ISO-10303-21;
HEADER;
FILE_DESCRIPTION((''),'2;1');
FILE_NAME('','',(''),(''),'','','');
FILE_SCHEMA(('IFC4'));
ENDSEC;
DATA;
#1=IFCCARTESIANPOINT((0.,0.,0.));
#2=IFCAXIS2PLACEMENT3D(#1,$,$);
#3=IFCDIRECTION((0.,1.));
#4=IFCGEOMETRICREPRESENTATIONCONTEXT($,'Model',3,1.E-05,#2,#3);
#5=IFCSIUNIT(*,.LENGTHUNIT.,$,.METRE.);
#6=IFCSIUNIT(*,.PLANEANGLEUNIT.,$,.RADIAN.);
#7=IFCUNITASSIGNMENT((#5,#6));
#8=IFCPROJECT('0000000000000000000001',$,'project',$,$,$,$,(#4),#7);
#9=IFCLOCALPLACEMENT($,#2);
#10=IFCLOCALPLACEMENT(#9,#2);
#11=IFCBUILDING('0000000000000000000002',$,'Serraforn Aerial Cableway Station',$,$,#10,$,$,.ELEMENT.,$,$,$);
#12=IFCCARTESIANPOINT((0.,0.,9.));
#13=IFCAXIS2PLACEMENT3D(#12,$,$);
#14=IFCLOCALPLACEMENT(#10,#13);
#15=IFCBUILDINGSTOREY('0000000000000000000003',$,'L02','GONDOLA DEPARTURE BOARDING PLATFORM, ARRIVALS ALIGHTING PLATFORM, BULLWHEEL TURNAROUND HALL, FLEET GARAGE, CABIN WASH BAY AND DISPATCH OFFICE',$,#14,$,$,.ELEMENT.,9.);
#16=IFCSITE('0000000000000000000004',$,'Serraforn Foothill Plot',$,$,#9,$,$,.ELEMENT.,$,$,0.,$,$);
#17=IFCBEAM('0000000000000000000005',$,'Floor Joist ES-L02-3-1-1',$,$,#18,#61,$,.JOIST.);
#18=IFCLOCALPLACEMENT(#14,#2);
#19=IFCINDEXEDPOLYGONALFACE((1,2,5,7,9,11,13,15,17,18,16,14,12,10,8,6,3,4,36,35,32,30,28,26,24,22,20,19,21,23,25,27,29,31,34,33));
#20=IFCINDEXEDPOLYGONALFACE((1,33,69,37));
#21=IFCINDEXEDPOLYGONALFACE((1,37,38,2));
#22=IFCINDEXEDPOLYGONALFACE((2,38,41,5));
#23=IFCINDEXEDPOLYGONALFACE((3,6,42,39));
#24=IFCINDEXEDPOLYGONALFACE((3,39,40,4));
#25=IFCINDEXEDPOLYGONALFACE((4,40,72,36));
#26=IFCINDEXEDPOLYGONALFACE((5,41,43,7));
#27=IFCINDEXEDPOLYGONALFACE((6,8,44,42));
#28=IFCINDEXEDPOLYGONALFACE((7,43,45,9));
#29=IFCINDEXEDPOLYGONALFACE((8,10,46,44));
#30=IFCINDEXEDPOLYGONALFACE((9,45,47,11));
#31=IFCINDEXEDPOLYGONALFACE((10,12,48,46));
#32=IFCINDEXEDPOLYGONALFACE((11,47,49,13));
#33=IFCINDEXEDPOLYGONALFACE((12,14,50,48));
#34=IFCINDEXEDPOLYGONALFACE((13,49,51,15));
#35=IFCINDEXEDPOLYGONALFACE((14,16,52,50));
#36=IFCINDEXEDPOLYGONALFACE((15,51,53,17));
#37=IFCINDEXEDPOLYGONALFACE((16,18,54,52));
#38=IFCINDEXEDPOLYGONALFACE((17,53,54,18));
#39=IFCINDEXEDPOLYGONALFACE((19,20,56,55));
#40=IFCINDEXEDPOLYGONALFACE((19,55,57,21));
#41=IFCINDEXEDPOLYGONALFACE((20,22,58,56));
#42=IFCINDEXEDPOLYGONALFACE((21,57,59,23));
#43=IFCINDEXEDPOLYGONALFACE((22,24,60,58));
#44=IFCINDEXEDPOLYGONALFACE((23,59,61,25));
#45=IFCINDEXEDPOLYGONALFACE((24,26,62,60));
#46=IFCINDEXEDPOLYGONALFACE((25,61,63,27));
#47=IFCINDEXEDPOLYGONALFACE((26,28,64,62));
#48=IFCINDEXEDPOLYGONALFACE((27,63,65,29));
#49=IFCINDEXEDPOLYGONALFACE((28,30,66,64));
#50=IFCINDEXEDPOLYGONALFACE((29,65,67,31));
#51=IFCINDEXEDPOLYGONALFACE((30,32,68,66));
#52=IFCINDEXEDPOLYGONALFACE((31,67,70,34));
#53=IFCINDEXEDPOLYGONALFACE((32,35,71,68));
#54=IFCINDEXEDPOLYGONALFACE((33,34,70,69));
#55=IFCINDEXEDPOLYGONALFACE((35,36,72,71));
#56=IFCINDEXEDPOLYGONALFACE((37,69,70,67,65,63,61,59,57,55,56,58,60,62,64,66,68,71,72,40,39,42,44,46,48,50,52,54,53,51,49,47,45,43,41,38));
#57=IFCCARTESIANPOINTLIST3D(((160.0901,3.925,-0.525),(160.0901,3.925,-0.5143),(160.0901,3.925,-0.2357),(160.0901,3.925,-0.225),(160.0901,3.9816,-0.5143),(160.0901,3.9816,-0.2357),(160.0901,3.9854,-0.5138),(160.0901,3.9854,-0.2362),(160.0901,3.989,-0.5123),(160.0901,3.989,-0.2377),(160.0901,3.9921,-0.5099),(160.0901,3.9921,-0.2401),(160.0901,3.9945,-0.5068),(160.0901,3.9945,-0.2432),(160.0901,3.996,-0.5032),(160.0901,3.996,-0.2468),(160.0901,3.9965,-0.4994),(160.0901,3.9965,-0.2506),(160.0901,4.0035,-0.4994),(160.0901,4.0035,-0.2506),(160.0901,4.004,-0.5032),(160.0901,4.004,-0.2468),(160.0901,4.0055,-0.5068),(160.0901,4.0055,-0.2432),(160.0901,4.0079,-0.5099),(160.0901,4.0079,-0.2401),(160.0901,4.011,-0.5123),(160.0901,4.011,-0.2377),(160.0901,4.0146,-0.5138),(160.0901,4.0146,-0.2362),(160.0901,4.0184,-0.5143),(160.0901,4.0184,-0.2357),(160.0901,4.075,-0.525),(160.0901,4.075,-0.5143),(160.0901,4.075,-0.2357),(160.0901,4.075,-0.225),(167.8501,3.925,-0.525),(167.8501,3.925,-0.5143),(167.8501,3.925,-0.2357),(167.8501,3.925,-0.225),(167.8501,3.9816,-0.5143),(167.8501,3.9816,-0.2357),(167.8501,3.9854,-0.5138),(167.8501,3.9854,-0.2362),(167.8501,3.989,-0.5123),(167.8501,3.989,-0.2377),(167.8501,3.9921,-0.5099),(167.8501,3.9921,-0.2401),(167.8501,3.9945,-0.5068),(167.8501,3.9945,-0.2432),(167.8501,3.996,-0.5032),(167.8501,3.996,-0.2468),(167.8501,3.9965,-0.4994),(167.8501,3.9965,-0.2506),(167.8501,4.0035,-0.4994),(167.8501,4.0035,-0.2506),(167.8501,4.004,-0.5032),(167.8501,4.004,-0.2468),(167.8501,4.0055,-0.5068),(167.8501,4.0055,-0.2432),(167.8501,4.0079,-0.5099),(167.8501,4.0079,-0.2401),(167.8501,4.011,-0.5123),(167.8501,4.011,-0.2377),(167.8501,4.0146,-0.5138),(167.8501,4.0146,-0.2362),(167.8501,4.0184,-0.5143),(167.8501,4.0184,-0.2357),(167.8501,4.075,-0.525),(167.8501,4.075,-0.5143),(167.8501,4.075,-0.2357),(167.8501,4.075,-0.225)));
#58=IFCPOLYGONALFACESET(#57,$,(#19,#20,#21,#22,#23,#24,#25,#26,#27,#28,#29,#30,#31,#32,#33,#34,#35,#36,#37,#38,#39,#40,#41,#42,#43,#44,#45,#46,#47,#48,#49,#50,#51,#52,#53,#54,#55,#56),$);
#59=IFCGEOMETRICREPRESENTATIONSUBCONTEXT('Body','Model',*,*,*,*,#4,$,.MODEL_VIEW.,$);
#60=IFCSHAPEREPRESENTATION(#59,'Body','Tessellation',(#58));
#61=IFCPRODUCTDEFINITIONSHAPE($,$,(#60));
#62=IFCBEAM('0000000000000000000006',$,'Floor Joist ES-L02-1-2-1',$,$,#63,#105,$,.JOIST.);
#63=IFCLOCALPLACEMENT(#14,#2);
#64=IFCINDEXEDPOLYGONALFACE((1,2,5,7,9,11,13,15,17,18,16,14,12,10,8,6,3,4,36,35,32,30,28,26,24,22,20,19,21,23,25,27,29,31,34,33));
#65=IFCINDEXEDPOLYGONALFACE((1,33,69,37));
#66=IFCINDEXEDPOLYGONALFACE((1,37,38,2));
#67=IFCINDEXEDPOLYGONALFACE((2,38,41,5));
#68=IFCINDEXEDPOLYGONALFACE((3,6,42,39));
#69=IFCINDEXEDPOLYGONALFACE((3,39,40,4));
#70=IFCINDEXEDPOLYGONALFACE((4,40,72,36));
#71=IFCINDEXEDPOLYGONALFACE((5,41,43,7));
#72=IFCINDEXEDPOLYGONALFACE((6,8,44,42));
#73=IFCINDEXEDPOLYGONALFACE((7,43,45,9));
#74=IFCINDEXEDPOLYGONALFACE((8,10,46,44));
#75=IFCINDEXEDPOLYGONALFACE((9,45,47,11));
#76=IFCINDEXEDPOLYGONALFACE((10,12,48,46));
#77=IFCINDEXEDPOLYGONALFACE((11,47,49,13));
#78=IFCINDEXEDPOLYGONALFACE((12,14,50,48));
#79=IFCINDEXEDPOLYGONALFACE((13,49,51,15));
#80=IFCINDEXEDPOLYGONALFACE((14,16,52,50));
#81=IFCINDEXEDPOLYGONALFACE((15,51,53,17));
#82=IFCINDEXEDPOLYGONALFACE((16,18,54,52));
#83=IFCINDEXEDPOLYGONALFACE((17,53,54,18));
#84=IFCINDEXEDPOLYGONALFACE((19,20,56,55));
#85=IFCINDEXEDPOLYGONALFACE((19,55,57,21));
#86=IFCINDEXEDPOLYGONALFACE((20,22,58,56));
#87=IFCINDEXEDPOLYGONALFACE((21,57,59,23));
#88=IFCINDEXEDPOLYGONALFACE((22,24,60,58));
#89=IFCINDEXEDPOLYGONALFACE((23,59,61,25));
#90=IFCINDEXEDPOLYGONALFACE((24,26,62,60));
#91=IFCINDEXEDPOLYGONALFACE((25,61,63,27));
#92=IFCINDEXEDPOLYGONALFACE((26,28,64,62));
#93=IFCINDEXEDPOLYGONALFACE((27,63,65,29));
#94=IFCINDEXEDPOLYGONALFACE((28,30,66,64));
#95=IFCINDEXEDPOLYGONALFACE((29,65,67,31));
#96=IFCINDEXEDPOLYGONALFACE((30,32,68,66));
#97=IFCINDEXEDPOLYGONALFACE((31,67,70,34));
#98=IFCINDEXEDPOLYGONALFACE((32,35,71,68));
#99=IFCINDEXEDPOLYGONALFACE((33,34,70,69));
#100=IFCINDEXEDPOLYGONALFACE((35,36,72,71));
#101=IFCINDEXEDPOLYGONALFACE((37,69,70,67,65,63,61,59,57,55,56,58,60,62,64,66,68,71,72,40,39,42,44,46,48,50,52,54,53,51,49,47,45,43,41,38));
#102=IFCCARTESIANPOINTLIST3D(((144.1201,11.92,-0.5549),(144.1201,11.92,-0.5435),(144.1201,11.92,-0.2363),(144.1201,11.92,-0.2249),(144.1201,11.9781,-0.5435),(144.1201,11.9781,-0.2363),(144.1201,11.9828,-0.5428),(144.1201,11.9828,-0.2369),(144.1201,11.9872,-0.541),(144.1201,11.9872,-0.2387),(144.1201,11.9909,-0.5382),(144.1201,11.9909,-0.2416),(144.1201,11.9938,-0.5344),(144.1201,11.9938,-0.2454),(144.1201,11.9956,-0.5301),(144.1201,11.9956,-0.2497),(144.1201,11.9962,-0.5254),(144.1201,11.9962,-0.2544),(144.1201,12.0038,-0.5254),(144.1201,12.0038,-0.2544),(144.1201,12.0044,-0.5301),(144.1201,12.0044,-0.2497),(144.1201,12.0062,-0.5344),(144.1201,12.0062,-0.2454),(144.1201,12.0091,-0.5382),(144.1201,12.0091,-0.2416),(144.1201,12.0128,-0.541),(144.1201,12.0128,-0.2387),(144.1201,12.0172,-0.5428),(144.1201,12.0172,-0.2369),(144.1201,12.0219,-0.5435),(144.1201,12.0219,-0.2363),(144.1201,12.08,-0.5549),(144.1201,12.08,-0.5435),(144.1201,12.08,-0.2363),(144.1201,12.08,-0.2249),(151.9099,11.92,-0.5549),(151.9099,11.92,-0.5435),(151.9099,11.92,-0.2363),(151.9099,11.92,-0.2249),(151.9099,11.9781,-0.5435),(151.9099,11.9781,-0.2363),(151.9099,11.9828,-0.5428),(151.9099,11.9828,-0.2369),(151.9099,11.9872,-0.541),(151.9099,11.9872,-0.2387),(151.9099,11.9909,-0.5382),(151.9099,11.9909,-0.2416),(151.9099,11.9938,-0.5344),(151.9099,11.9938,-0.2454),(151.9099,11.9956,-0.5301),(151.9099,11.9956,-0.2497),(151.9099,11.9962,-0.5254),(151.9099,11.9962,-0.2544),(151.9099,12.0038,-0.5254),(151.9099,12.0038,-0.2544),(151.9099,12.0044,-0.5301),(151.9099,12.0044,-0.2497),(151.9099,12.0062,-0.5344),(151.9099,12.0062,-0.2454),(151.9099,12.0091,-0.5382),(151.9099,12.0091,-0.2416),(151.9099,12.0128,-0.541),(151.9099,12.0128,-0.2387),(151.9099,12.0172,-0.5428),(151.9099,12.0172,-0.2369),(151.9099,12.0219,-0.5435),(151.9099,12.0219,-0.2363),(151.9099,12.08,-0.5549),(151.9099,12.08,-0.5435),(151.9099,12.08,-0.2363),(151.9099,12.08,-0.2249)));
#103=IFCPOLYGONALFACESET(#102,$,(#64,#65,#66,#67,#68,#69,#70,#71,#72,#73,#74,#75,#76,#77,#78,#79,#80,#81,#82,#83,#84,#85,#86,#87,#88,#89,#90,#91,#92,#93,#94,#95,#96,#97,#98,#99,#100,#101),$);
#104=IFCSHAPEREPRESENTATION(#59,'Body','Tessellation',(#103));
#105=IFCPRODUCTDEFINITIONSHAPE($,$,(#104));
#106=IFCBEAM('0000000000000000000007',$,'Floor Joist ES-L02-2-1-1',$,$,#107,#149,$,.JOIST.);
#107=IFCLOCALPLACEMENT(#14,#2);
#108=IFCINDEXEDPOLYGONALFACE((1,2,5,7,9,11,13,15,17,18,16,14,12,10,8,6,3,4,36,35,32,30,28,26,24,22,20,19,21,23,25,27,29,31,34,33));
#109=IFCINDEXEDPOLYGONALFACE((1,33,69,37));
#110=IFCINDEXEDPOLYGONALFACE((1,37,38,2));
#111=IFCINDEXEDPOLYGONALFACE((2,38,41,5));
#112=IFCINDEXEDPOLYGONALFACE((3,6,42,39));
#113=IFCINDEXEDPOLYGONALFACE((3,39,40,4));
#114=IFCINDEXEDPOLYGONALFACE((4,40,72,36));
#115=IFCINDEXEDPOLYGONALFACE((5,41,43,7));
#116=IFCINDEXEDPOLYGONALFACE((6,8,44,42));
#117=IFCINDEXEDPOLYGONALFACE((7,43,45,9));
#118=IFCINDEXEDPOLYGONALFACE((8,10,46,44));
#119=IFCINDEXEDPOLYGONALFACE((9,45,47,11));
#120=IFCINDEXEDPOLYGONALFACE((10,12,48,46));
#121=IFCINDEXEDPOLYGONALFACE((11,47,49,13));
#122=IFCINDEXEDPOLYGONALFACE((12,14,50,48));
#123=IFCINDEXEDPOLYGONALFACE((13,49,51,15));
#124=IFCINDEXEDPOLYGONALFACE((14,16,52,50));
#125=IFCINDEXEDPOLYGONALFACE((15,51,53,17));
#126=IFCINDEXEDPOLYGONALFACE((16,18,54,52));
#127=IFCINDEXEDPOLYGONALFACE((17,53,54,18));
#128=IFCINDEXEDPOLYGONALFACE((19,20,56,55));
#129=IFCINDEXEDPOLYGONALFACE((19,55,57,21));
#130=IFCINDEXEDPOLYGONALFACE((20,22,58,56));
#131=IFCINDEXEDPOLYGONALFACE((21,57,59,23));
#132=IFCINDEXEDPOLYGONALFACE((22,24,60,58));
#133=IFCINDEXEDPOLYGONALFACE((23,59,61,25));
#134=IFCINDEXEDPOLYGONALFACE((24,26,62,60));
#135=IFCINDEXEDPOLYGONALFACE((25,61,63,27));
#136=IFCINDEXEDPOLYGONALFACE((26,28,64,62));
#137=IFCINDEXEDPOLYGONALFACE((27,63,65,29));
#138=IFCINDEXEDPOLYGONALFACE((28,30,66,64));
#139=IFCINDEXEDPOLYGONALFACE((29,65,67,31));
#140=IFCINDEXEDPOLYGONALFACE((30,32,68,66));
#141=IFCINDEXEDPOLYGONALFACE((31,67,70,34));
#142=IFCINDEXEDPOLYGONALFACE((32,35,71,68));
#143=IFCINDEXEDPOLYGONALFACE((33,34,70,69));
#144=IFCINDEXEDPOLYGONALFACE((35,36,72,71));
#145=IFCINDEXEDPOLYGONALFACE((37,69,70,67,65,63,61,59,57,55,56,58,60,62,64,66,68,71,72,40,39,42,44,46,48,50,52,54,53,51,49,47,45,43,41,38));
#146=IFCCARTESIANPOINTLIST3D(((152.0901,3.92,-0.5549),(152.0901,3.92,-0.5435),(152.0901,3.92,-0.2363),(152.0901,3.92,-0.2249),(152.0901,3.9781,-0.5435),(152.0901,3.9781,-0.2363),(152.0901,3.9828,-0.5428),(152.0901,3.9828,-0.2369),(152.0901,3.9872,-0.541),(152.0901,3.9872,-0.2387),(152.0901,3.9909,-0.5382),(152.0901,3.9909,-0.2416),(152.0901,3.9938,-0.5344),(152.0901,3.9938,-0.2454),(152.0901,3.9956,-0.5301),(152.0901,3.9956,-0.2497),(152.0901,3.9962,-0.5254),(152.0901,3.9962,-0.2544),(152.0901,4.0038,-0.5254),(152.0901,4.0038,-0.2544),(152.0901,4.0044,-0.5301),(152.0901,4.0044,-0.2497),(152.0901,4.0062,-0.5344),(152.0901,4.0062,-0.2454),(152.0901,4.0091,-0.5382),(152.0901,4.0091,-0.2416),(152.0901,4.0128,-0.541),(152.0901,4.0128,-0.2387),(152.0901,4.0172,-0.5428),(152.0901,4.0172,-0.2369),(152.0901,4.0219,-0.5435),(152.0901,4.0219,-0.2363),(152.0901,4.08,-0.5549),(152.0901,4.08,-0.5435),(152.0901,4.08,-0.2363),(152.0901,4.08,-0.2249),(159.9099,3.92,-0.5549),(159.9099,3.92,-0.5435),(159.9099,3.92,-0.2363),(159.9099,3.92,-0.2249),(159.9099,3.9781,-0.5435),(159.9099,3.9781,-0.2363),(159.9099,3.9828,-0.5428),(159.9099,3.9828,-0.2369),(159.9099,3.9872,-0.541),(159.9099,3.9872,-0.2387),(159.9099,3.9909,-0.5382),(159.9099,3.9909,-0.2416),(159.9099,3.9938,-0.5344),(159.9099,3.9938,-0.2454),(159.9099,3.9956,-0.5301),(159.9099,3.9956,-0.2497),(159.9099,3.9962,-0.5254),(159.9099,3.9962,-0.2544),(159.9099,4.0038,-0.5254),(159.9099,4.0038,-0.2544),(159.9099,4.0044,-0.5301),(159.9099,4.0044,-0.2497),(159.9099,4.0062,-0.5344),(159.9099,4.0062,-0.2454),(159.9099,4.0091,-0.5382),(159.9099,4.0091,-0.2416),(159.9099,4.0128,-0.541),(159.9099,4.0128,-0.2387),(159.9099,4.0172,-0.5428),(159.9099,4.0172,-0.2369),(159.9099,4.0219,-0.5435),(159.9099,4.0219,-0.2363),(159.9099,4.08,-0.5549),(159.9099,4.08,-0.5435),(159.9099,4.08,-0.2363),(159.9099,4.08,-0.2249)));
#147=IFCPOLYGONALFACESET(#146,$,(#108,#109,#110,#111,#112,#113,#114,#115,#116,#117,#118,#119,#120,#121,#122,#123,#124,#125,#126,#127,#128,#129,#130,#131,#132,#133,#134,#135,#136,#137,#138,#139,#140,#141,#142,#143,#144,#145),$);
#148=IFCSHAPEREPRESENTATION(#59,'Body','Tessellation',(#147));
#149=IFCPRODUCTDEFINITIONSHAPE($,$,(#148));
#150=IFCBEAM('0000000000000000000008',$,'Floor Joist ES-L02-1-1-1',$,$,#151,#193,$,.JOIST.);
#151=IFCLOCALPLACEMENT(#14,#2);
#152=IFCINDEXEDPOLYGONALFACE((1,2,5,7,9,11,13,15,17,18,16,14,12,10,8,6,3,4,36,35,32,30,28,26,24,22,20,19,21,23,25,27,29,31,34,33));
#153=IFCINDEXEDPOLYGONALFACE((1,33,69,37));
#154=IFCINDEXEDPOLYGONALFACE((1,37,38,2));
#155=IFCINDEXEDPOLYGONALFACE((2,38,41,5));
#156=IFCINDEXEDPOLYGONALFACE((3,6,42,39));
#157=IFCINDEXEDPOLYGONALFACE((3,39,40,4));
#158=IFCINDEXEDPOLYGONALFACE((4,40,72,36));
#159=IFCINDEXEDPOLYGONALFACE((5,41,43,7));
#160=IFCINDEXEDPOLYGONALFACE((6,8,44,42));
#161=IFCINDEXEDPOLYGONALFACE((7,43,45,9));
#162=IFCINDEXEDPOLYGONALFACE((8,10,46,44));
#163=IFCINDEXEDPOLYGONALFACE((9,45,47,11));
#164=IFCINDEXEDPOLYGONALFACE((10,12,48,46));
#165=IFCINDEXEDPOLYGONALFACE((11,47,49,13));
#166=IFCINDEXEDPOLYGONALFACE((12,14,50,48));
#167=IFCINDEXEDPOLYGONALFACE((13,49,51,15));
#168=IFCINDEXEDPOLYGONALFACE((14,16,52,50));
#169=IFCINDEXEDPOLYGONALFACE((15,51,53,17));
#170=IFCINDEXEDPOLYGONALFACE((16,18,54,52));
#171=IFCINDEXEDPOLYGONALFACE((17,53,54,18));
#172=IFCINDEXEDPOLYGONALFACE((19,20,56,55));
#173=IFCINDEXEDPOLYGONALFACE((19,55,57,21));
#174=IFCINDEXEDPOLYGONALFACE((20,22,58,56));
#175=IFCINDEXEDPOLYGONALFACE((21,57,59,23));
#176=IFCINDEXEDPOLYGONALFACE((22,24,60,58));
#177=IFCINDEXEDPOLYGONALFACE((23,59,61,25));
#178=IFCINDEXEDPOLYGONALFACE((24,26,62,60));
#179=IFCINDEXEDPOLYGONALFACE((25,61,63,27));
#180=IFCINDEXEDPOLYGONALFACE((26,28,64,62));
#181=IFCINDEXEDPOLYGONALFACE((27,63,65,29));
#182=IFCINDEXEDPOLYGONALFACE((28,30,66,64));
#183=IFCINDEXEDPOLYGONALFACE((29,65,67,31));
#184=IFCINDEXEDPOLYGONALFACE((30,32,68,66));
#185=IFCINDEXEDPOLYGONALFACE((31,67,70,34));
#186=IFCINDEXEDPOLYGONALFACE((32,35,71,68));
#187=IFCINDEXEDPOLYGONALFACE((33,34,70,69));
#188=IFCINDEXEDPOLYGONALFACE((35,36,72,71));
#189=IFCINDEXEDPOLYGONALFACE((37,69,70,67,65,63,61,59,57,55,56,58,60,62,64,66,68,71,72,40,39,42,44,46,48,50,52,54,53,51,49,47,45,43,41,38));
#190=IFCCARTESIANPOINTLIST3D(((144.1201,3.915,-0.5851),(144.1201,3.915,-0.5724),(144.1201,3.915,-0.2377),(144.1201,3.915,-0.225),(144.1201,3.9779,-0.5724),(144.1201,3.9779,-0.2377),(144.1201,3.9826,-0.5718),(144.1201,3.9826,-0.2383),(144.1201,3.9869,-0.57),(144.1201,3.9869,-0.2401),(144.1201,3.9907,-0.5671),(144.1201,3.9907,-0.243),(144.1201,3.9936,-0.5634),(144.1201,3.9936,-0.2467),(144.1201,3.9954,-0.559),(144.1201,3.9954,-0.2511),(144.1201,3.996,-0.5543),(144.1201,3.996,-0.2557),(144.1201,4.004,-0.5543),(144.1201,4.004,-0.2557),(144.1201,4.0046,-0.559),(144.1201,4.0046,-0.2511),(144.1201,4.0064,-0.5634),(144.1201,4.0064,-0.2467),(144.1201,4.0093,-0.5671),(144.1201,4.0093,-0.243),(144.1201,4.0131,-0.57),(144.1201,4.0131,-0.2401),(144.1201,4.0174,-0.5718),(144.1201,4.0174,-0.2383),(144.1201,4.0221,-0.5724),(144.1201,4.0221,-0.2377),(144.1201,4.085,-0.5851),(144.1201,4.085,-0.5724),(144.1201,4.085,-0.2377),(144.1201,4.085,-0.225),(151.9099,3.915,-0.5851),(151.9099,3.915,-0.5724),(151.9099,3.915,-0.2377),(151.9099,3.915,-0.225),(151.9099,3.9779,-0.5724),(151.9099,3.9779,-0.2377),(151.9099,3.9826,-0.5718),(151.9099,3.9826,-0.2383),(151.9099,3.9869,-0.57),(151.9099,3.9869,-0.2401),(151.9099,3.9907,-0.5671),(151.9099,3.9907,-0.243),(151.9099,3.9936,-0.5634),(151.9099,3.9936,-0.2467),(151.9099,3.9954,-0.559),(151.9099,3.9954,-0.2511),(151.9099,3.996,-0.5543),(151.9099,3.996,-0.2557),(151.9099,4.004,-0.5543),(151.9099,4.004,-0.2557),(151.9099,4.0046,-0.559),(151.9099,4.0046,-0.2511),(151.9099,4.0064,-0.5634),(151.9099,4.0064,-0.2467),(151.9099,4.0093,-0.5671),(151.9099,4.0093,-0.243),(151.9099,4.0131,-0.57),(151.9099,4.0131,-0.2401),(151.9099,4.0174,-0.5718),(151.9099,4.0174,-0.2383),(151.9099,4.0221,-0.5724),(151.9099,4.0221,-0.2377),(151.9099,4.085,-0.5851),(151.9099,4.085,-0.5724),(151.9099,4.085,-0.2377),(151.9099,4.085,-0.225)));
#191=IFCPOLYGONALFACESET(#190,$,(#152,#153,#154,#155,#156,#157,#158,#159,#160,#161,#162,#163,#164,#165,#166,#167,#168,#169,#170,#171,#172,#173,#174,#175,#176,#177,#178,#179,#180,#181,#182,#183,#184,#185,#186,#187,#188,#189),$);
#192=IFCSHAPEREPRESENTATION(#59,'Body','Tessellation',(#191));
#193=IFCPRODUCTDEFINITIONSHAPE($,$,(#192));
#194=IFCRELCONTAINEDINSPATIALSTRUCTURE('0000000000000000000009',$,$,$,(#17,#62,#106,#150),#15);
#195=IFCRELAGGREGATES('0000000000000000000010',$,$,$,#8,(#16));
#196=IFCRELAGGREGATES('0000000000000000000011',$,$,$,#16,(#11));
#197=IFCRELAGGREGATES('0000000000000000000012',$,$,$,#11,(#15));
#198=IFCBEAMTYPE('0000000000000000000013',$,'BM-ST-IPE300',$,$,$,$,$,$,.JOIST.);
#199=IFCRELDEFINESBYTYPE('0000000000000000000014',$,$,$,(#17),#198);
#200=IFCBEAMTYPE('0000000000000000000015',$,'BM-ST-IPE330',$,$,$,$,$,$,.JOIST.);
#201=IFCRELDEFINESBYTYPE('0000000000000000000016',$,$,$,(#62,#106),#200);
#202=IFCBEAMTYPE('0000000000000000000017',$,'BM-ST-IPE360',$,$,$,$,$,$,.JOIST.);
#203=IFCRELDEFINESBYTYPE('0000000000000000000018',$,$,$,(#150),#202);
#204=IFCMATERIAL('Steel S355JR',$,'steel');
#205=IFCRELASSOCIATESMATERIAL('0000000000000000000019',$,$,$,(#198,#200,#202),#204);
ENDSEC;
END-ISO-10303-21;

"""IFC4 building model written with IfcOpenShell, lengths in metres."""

from ifc_helpers import new_model, si_unit, direction, frame, origin, origin_2d, place, context, subcontext, project, spatial, i_section, extrude, material, material_profile, profile_set, type_object, element, save


model = new_model("IFC4")

# Units and contexts
model_context = context("Model", 3, precision=1e-05, world=origin(), true_north=direction((0.0, 1.0)))
body_context = subcontext(model_context, "Body", "Model", "MODEL_VIEW")
ifc_project = project(units=[si_unit("LENGTHUNIT", "METRE"), si_unit("PLANEANGLEUNIT", "RADIAN")], contexts=[model_context])

# Site, building, storey
site_placement = place(None, origin())
site = spatial("IfcSite", under=ifc_project, at=site_placement, Name="Serraforn Foothill Plot", CompositionType="ELEMENT", RefElevation=0.0)
building_placement = place(site_placement, origin())
building = spatial("IfcBuilding", under=site, at=building_placement, Name="Serraforn Aerial Cableway Station", CompositionType="ELEMENT")
storey_placement = place(building_placement, frame((0.0, 0.0, 9.0)))
storey = spatial("IfcBuildingStorey", under=building, at=storey_placement, Name="L02", Description="GONDOLA DEPARTURE BOARDING PLATFORM, ARRIVALS ALIGHTING PLATFORM, BULLWHEEL TURNAROUND HALL, FLEET GARAGE, CABIN WASH BAY AND DISPATCH OFFICE", CompositionType="ELEMENT", Elevation=9.0)

# Beams
ifc_material_1 = material(Name="Steel S355JR", Category="steel")
ifc_material_profile_1 = material_profile(ifc_material_1, i_section(OverallWidth=0.1499, OverallDepth=0.3, WebThickness=0.0071, FlangeThickness=0.0107, FilletRadius=0.0149, at=origin_2d()), Name="IPE 300")
ifc_profile_set_1 = profile_set([ifc_material_profile_1], Name="Steel S355JR")
beam_type_1 = type_object("IfcBeamType", Name="BM-ST-IPE300", PredefinedType="JOIST", material=ifc_profile_set_1)
beam_1_placement = place(storey_placement, frame((160.0901, 4.0, -0.375), z_axis=(1.0, 0.0, 0.0), x_axis=(0.0, 1.0, 0.0)))
element("IfcBeam", 1, at=beam_1_placement, inside=storey, type_object=beam_type_1, Name="Floor Joist ES-L02-3-1-1", PredefinedType="JOIST", context=body_context, shape_type="SweptSolid", body=[
    extrude(i_section(OverallWidth=0.1499, OverallDepth=0.3, WebThickness=0.0071, FlangeThickness=0.0107, FilletRadius=0.0149, at=origin_2d()), origin(), (0.0, 0.0, 1.0), 7.76),
])
ifc_material_profile_2 = material_profile(ifc_material_1, i_section(OverallWidth=0.1599, OverallDepth=0.3301, WebThickness=0.0076, FlangeThickness=0.0115, FilletRadius=0.0181, at=origin_2d()), Name="IPE 330")
ifc_profile_set_2 = profile_set([ifc_material_profile_2], Name="Steel S355JR")
beam_type_2 = type_object("IfcBeamType", Name="BM-ST-IPE330", PredefinedType="JOIST", material=ifc_profile_set_2)
beam_2_placement = place(storey_placement, frame((144.1201, 12.0, -0.3899), z_axis=(1.0, 0.0, 0.0), x_axis=(0.0, 1.0, 0.0)))
element("IfcBeam", 2, at=beam_2_placement, inside=storey, type_object=beam_type_2, Name="Floor Joist ES-L02-1-2-1", PredefinedType="JOIST", context=body_context, shape_type="SweptSolid", body=[
    extrude(i_section(OverallWidth=0.1599, OverallDepth=0.3301, WebThickness=0.0076, FlangeThickness=0.0115, FilletRadius=0.0181, at=origin_2d()), origin(), (0.0, 0.0, 1.0), 7.7898),
])
beam_3_placement = place(storey_placement, frame((152.0901, 4.0, -0.3899), z_axis=(1.0, 0.0, 0.0), x_axis=(0.0, 1.0, 0.0)))
element("IfcBeam", 3, at=beam_3_placement, inside=storey, type_object=beam_type_2, Name="Floor Joist ES-L02-2-1-1", PredefinedType="JOIST", context=body_context, shape_type="SweptSolid", body=[
    extrude(i_section(OverallWidth=0.1599, OverallDepth=0.3301, WebThickness=0.0076, FlangeThickness=0.0115, FilletRadius=0.0181, at=origin_2d()), origin(), (0.0, 0.0, 1.0), 7.8198),
])
ifc_material_profile_3 = material_profile(ifc_material_1, i_section(OverallWidth=0.1699, OverallDepth=0.3601, WebThickness=0.0081, FlangeThickness=0.0127, FilletRadius=0.0181, at=origin_2d()), Name="IPE 360")
ifc_profile_set_3 = profile_set([ifc_material_profile_3], Name="Steel S355JR")
beam_type_3 = type_object("IfcBeamType", Name="BM-ST-IPE360", PredefinedType="JOIST", material=ifc_profile_set_3)
beam_4_placement = place(storey_placement, frame((144.1201, 4.0, -0.405), z_axis=(1.0, 0.0, 0.0), x_axis=(0.0, 1.0, 0.0)))
element("IfcBeam", 4, at=beam_4_placement, inside=storey, type_object=beam_type_3, Name="Floor Joist ES-L02-1-1-1", PredefinedType="JOIST", context=body_context, shape_type="SweptSolid", body=[
    extrude(i_section(OverallWidth=0.1699, OverallDepth=0.3601, WebThickness=0.0081, FlangeThickness=0.0127, FilletRadius=0.0181, at=origin_2d()), origin(), (0.0, 0.0, 1.0), 7.7898),
])

save(model, "model.ifc")
